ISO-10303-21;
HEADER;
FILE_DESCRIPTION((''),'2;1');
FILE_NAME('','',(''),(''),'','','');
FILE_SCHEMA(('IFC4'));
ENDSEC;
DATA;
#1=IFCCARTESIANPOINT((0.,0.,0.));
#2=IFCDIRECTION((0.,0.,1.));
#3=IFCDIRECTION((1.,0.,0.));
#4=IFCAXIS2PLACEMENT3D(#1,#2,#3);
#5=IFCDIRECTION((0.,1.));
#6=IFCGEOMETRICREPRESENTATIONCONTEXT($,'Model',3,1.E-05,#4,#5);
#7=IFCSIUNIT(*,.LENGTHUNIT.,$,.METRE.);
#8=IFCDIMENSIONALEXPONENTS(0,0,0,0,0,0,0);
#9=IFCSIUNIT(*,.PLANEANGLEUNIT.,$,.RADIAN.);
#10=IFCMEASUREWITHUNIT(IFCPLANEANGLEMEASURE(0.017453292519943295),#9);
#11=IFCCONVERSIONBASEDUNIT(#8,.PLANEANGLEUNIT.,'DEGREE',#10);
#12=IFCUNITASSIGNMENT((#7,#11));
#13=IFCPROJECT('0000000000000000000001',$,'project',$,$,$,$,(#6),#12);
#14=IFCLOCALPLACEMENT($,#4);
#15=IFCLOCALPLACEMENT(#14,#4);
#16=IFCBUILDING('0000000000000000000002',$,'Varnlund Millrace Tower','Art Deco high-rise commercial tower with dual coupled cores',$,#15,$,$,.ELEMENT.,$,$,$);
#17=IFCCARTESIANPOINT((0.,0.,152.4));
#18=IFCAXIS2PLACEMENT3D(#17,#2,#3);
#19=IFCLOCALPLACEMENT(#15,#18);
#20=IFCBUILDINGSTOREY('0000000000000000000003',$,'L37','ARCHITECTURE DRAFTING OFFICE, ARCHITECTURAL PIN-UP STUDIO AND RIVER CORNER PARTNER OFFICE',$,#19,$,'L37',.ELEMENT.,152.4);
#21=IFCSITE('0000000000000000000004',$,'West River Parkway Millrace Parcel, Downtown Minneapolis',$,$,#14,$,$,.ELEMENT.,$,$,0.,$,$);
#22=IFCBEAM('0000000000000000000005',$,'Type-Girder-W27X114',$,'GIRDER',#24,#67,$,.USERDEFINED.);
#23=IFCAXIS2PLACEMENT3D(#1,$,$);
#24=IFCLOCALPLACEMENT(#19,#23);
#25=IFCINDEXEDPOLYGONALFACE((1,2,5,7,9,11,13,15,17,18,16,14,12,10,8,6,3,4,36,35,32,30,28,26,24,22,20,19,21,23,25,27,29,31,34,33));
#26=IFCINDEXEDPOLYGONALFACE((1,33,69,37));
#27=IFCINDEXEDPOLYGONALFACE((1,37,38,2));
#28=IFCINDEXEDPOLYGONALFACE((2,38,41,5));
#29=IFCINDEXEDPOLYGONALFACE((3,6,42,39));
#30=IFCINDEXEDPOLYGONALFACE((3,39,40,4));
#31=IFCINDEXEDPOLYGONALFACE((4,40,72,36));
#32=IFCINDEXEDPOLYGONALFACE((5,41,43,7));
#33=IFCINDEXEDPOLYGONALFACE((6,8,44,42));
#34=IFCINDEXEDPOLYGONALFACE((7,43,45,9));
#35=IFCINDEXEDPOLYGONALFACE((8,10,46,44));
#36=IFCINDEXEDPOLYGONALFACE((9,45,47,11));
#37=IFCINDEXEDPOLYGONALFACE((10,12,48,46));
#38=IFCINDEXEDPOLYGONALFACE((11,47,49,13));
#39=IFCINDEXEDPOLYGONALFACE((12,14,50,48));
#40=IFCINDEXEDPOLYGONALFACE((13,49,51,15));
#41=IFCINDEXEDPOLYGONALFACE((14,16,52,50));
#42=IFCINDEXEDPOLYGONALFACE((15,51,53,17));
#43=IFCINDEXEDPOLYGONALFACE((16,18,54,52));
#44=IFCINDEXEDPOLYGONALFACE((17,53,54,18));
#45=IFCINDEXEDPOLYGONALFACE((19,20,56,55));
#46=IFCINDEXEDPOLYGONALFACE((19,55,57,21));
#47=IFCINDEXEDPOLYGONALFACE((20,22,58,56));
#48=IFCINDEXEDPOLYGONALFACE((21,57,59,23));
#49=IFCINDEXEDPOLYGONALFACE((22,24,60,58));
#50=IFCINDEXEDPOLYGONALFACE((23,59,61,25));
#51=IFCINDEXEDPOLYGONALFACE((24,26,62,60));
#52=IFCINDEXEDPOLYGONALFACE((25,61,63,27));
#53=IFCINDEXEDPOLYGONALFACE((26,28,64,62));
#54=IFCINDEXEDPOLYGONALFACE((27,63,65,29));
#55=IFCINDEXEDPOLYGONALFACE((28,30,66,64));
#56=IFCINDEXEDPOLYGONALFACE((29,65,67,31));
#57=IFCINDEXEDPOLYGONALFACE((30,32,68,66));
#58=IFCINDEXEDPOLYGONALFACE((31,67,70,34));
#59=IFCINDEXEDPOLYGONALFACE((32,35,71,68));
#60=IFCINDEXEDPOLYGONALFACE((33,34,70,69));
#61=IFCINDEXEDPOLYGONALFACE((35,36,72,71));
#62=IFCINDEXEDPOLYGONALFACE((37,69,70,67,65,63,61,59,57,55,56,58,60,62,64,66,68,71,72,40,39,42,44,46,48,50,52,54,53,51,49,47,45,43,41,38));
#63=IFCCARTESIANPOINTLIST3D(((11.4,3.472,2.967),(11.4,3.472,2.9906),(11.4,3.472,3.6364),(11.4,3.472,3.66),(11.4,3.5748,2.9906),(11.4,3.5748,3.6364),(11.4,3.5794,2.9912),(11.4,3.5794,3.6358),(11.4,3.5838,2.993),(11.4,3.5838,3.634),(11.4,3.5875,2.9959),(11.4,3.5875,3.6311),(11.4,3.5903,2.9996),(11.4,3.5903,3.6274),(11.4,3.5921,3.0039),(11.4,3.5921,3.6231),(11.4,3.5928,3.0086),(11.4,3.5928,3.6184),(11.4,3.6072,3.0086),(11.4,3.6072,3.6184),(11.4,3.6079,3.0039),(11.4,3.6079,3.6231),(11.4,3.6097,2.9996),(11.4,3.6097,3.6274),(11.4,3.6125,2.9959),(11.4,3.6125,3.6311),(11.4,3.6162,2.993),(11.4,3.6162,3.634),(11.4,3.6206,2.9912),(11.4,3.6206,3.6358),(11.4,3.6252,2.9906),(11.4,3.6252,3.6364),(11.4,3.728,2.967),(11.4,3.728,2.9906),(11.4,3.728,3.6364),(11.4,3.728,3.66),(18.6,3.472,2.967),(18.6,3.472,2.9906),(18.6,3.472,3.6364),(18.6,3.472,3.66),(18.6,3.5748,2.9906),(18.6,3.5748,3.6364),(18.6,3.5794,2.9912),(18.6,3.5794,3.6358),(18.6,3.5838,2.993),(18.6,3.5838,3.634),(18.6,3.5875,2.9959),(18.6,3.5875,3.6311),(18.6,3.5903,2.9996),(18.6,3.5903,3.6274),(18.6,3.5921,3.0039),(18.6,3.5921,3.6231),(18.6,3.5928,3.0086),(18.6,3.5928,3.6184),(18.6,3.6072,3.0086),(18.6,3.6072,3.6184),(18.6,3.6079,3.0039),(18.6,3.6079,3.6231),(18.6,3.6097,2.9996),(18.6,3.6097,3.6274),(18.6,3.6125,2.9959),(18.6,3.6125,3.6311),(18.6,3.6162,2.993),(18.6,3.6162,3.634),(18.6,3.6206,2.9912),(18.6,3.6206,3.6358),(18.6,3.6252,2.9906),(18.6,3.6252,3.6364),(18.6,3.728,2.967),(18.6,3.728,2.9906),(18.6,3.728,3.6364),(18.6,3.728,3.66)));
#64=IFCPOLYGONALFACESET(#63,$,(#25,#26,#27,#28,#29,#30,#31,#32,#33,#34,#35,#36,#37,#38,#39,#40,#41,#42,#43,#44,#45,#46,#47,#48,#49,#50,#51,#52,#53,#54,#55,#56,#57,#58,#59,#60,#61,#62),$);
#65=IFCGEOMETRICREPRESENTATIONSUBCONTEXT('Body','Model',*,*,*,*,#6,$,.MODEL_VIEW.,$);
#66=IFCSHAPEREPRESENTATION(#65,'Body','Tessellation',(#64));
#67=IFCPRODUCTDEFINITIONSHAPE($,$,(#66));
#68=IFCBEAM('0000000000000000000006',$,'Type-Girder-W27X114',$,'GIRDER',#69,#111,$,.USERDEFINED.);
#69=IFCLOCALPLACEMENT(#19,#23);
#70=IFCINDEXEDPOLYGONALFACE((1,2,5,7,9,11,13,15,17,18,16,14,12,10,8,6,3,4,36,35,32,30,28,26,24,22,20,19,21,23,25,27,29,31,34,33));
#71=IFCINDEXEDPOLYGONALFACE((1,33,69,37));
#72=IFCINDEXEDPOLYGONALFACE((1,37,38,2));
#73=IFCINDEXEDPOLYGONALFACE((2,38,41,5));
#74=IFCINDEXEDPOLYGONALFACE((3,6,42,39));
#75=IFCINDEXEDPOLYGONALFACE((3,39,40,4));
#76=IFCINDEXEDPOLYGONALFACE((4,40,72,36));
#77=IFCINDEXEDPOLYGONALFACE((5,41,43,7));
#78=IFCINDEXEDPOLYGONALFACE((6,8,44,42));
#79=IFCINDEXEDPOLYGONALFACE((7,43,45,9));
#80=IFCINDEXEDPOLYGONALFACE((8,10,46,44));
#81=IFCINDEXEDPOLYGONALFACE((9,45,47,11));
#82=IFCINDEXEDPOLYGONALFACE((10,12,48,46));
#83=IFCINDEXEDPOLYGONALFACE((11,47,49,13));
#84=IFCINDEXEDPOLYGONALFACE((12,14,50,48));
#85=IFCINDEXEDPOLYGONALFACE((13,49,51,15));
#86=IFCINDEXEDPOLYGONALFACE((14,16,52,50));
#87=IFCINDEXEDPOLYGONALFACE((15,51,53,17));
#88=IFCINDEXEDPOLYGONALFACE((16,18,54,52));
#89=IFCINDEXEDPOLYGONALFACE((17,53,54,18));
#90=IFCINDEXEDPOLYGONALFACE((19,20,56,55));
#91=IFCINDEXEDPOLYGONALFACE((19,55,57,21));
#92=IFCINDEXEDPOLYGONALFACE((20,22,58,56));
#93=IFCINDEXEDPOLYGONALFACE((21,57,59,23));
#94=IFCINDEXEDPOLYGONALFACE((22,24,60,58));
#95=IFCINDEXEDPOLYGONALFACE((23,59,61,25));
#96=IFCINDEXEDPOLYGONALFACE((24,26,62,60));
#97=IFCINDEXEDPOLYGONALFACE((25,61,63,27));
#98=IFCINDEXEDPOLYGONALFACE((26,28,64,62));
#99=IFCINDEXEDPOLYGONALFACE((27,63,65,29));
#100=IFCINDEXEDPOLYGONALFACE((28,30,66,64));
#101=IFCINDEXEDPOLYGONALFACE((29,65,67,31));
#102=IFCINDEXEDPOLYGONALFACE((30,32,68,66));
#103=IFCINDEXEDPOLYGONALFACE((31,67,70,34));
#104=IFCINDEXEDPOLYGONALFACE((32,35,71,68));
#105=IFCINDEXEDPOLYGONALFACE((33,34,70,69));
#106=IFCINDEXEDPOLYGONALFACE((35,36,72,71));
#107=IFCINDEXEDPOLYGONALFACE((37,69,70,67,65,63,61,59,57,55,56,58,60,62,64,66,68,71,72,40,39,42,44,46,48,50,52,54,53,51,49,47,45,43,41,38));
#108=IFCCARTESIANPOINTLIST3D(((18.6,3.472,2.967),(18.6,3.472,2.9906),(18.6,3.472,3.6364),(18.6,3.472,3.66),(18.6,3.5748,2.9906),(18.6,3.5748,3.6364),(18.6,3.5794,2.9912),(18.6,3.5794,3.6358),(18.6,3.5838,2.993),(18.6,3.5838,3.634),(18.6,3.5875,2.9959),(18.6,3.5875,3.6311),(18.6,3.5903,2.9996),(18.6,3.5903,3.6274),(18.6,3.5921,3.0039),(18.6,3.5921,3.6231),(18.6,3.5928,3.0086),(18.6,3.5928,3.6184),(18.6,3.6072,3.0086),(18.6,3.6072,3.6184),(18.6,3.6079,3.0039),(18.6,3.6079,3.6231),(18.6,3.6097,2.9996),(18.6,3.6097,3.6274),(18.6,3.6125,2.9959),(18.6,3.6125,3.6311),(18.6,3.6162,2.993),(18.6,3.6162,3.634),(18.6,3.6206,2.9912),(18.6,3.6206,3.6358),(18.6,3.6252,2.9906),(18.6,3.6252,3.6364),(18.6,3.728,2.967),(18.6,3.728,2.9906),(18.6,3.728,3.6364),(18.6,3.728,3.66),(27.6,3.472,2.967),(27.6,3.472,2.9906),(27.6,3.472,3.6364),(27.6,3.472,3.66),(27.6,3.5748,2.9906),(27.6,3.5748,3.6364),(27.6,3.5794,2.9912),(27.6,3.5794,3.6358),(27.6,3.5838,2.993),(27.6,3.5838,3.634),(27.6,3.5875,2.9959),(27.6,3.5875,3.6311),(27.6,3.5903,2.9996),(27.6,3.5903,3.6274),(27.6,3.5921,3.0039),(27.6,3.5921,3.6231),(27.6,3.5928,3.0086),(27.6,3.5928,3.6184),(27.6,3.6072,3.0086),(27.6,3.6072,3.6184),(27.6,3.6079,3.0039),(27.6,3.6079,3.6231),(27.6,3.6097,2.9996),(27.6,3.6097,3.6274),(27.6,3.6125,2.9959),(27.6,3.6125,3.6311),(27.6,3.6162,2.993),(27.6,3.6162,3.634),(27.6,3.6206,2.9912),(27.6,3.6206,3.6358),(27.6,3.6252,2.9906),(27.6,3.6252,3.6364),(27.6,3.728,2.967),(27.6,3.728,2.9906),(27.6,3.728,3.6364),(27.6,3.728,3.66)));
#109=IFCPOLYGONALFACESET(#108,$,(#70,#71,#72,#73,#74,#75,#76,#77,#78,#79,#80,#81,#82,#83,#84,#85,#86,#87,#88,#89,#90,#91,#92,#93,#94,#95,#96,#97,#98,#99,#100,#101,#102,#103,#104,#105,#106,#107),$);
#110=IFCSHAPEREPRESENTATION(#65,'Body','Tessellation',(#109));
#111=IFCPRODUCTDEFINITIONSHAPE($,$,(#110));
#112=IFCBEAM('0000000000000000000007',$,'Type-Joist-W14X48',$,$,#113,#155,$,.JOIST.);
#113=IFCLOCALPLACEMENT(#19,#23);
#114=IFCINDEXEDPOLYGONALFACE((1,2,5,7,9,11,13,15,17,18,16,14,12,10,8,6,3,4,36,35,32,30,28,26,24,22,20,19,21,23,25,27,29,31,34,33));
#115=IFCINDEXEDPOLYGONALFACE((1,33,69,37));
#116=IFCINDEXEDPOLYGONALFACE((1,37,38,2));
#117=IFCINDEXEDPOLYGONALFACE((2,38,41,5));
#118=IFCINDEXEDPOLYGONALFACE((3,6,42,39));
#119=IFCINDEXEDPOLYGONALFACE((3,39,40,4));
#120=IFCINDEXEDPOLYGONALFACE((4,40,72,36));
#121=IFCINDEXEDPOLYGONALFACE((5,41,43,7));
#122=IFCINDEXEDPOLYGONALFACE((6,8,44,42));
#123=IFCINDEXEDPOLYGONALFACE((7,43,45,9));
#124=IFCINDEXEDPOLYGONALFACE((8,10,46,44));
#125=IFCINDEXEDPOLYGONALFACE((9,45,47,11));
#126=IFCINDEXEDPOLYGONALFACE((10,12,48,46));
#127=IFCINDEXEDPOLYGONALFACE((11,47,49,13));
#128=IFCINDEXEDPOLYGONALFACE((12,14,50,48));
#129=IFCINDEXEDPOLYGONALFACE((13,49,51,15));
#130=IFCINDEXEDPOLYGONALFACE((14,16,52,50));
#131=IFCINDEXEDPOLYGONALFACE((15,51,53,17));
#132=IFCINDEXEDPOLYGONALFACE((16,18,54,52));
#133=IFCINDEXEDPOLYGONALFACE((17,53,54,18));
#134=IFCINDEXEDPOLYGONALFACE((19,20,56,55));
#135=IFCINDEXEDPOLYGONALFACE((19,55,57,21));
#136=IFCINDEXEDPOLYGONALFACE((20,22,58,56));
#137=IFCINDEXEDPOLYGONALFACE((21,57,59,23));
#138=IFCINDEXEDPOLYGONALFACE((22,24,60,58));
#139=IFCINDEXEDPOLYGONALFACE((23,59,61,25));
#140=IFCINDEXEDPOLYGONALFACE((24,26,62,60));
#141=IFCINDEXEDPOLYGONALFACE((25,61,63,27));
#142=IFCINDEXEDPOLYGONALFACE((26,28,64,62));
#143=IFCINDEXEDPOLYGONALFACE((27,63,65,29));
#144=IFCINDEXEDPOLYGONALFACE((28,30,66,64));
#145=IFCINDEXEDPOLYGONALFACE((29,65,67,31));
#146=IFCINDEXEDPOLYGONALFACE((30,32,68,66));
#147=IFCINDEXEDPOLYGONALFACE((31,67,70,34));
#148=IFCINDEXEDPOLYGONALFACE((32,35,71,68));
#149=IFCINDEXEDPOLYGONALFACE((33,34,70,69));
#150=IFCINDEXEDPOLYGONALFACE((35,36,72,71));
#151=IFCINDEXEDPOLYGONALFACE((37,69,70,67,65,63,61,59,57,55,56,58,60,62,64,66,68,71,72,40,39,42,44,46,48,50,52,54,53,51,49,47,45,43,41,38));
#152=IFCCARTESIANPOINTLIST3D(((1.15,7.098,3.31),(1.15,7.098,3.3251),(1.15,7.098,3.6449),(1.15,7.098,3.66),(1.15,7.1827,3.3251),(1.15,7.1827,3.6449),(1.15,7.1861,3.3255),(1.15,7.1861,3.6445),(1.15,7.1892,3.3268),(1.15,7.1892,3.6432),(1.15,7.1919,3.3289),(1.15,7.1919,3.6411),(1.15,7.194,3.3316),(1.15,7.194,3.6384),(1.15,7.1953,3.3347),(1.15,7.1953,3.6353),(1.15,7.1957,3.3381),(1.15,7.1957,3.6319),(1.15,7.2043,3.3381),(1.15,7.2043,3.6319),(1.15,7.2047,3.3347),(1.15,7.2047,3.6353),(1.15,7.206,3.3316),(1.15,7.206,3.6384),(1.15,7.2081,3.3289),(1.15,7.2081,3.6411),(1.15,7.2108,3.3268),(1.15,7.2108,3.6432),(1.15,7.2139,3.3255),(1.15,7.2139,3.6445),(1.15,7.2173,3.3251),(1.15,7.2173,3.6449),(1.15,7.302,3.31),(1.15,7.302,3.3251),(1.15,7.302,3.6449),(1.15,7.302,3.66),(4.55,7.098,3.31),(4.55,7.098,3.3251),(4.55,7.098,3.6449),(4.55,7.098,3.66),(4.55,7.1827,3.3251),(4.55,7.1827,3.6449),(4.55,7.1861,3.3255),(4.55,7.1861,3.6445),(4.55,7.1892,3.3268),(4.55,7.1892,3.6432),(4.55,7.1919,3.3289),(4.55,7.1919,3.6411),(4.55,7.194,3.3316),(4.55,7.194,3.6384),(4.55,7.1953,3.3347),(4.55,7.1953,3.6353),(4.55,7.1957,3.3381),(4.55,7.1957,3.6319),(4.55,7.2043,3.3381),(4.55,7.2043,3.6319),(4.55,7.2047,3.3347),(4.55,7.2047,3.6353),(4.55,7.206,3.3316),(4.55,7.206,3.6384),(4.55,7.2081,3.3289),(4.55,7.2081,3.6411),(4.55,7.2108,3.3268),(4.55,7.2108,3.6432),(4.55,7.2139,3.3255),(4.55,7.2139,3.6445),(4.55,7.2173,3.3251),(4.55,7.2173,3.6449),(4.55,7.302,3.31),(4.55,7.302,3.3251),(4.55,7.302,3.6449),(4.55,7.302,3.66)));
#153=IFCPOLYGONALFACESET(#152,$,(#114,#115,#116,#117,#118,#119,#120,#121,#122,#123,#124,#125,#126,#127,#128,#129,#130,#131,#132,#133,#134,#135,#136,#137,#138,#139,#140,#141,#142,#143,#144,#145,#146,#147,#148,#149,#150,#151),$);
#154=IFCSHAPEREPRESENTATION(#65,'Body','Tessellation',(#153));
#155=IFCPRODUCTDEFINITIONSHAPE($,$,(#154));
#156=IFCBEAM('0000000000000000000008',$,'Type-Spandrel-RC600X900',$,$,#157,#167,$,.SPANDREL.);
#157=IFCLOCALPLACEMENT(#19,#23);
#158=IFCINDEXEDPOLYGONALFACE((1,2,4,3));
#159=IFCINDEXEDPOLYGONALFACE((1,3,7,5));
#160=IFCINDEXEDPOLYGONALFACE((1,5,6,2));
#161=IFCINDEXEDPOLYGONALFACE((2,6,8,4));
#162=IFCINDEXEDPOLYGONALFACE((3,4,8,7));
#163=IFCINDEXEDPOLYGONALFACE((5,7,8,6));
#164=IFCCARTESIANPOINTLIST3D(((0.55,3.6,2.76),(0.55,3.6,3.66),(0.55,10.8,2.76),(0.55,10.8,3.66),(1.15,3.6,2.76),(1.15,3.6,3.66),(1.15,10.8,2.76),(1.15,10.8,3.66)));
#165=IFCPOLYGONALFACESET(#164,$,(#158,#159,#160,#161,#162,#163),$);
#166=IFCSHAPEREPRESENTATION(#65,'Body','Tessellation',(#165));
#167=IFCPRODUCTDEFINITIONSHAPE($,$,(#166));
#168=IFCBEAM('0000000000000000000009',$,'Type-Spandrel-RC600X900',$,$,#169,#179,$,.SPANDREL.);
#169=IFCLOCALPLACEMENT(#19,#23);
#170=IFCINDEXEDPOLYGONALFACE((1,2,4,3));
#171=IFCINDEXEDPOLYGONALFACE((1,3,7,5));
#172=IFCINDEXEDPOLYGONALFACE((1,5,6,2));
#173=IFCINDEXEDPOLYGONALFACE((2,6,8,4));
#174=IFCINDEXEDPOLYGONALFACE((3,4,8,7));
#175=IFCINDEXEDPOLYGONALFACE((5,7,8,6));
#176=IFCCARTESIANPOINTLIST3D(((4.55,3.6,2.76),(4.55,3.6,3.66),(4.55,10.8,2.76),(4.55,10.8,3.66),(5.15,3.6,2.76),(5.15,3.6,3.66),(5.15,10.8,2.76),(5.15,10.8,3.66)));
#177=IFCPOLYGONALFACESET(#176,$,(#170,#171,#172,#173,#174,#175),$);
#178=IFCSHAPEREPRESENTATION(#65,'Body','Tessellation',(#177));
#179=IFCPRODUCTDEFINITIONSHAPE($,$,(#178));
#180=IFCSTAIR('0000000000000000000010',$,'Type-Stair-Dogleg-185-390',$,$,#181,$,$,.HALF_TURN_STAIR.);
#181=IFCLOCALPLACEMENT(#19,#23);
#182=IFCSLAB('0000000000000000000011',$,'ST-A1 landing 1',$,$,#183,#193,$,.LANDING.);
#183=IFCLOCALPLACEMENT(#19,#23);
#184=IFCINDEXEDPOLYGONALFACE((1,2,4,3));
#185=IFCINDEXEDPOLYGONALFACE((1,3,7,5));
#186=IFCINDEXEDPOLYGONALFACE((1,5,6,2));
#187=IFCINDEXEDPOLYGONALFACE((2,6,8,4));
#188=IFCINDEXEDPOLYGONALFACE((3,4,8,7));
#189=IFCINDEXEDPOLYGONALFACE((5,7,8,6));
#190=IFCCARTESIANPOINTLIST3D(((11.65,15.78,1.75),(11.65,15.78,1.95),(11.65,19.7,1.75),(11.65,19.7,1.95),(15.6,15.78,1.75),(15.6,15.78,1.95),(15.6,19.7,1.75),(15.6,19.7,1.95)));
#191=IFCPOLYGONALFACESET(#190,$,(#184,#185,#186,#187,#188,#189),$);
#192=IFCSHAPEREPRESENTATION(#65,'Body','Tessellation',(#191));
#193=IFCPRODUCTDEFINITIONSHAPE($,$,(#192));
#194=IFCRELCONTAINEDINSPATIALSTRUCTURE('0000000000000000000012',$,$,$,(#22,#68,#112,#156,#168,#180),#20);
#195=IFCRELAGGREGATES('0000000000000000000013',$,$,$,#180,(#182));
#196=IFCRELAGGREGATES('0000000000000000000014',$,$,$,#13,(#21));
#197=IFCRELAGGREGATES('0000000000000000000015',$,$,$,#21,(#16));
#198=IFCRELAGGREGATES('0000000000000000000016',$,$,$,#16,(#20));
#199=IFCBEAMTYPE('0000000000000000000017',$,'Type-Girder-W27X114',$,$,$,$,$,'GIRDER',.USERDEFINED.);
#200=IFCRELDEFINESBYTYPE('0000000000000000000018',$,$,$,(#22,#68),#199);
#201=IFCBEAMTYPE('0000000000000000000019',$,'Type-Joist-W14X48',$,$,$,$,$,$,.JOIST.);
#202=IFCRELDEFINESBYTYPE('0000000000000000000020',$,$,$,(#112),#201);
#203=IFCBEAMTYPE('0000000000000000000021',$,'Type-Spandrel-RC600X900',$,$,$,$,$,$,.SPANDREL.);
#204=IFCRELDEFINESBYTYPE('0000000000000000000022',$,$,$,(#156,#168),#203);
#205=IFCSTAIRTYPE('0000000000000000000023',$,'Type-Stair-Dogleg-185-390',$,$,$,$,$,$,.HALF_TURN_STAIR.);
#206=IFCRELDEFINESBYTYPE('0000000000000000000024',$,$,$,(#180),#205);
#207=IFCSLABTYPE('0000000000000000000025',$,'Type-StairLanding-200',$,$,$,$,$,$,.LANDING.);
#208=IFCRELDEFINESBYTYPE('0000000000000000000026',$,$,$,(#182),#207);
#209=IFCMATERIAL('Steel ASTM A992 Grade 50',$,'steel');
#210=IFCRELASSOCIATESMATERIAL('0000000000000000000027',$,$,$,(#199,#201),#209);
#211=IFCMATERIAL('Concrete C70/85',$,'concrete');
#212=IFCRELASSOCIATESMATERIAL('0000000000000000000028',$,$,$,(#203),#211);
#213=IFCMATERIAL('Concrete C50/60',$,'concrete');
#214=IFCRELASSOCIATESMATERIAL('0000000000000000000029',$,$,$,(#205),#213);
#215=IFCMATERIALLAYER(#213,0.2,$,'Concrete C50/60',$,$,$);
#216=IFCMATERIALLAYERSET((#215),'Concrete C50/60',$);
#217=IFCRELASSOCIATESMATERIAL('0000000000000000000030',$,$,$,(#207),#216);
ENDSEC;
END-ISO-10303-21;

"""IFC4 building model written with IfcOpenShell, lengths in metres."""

from ifc_helpers import new_model, entity, si_unit, converted_unit, direction, frame, origin_with_axes, origin_2d_with_axis, place, context, subcontext, project, spatial, polyline, rectangle, i_section, outline, extrude, material, layer, layer_set, material_profile, profile_set, type_object, element, aggregate, save


model = new_model("IFC4")

# Units and contexts
model_context = context("Model", 3, precision=1e-05, world=origin_with_axes(), true_north=direction((0.0, 1.0)))
body_context = subcontext(model_context, "Body", "Model", "MODEL_VIEW")
ifc_project = project(units=[si_unit("LENGTHUNIT", "METRE"), converted_unit("PLANEANGLEUNIT", "DEGREE", entity("IfcPlaneAngleMeasure", 0.017453292519943295), si_unit("PLANEANGLEUNIT", "RADIAN"), dimensions=[0, 0, 0, 0, 0, 0, 0])], contexts=[model_context])

# Site, building, storey
site_placement = place(None, origin_with_axes())
site = spatial("IfcSite", under=ifc_project, at=site_placement, Name="West River Parkway Millrace Parcel, Downtown Minneapolis", CompositionType="ELEMENT", RefElevation=0.0)
building_placement = place(site_placement, origin_with_axes())
building = spatial("IfcBuilding", under=site, at=building_placement, Name="Varnlund Millrace Tower", Description="Art Deco high-rise commercial tower with dual coupled cores", CompositionType="ELEMENT")
storey_placement = place(building_placement, frame((0.0, 0.0, 152.4), z_axis=(0.0, 0.0, 1.0), x_axis=(1.0, 0.0, 0.0)))
storey = spatial("IfcBuildingStorey", under=building, at=storey_placement, Name="L37", Description="ARCHITECTURE DRAFTING OFFICE, ARCHITECTURAL PIN-UP STUDIO AND RIVER CORNER PARTNER OFFICE", LongName="L37", CompositionType="ELEMENT", Elevation=152.4)

# Beams
ifc_material_1 = material(Name="Steel ASTM A992 Grade 50", Category="steel")
ifc_material_profile_1 = material_profile(ifc_material_1, i_section(OverallWidth=0.256, OverallDepth=0.693, WebThickness=0.0145, FlangeThickness=0.0236, FilletRadius=0.018, at=origin_2d_with_axis()), Name="Steel ASTM A992 Grade 50")
ifc_profile_set_1 = profile_set([ifc_material_profile_1], Name="Steel ASTM A992 Grade 50")
beam_type_1 = type_object("IfcBeamType", Name="Type-Girder-W27X114", ElementType="GIRDER", PredefinedType="USERDEFINED", material=ifc_profile_set_1)
beam_1_placement = place(storey_placement, frame((11.4, 3.6, 3.3135), z_axis=(1.0, 0.0, 0.0), x_axis=(0.0, 1.0, 0.0)))
element("IfcBeam", 1, at=beam_1_placement, inside=storey, type_object=beam_type_1, Name="Type-Girder-W27X114", ObjectType="GIRDER", PredefinedType="USERDEFINED", context=body_context, shape_type="SweptSolid", body=[
    extrude(i_section(OverallWidth=0.256, OverallDepth=0.693, WebThickness=0.0145, FlangeThickness=0.0236, FilletRadius=0.018, at=origin_2d_with_axis()), origin_with_axes(), (0.0, 0.0, 1.0), 7.2),
])
beam_2_placement = place(storey_placement, frame((18.6, 3.6, 3.3135), z_axis=(1.0, 0.0, 0.0), x_axis=(0.0, 1.0, 0.0)))
element("IfcBeam", 2, at=beam_2_placement, inside=storey, type_object=beam_type_1, Name="Type-Girder-W27X114", ObjectType="GIRDER", PredefinedType="USERDEFINED", context=body_context, shape_type="SweptSolid", body=[
    extrude(i_section(OverallWidth=0.256, OverallDepth=0.693, WebThickness=0.0145, FlangeThickness=0.0236, FilletRadius=0.018, at=origin_2d_with_axis()), origin_with_axes(), (0.0, 0.0, 1.0), 9.0),
])
ifc_material_profile_2 = material_profile(ifc_material_1, i_section(OverallWidth=0.204, OverallDepth=0.35, WebThickness=0.0086, FlangeThickness=0.0151, FilletRadius=0.013, at=origin_2d_with_axis()), Name="Steel ASTM A992 Grade 50")
ifc_profile_set_2 = profile_set([ifc_material_profile_2], Name="Steel ASTM A992 Grade 50")
beam_type_2 = type_object("IfcBeamType", Name="Type-Joist-W14X48", PredefinedType="JOIST", material=ifc_profile_set_2)
beam_3_placement = place(storey_placement, frame((1.15, 7.2, 3.485), z_axis=(1.0, 0.0, 0.0), x_axis=(0.0, 1.0, 0.0)))
element("IfcBeam", 3, at=beam_3_placement, inside=storey, type_object=beam_type_2, Name="Type-Joist-W14X48", PredefinedType="JOIST", context=body_context, shape_type="SweptSolid", body=[
    extrude(i_section(OverallWidth=0.204, OverallDepth=0.35, WebThickness=0.0086, FlangeThickness=0.0151, FilletRadius=0.013, at=origin_2d_with_axis()), origin_with_axes(), (0.0, 0.0, 1.0), 3.4),
])
ifc_material_2 = material(Name="Concrete C70/85", Category="concrete")
ifc_material_profile_3 = material_profile(ifc_material_2, rectangle(XDim=0.6, YDim=0.9, at=origin_2d_with_axis()), Name="Concrete C70/85")
ifc_profile_set_3 = profile_set([ifc_material_profile_3], Name="Concrete C70/85")
beam_type_3 = type_object("IfcBeamType", Name="Type-Spandrel-RC600X900", PredefinedType="SPANDREL", material=ifc_profile_set_3)
for number, where, z_axis, x_axis, name in (
    (4, (0.85, 3.6, 3.21), (0.0, 1.0, 0.0), (-1.0, 0.0, 0.0), "Type-Spandrel-RC600X900"),
    (5, (4.85, 3.6, 3.21), (0.0, 1.0, 0.0), (-1.0, 0.0, 0.0), "Type-Spandrel-RC600X900"),
):
    element("IfcBeam", number, at=place(storey_placement, frame(where, z_axis=z_axis, x_axis=x_axis)), inside=storey, type_object=beam_type_3, Name=name, PredefinedType="SPANDREL", context=body_context, shape_type="SweptSolid", body=[
        extrude(rectangle(XDim=0.6, YDim=0.9, at=origin_2d_with_axis()), origin_with_axes(), (0.0, 0.0, 1.0), 7.2),
    ])

# Stair, slab
ifc_material_3 = material(Name="Concrete C50/60", Category="concrete")
stair_type_1 = type_object("IfcStairType", Name="Type-Stair-Dogleg-185-390", PredefinedType="HALF_TURN_STAIR", material=ifc_material_3)
stair_1_placement = place(storey_placement, origin_with_axes())
stair_1 = element("IfcStair", 6, at=stair_1_placement, inside=storey, type_object=stair_type_1, Name="Type-Stair-Dogleg-185-390", PredefinedType="HALF_TURN_STAIR")
ifc_layer_1 = layer(ifc_material_3, 0.2, Name="Concrete C50/60")
ifc_layer_set_1 = layer_set([ifc_layer_1], Name="Concrete C50/60")
slab_type = type_object("IfcSlabType", Name="Type-StairLanding-200", PredefinedType="LANDING", material=ifc_layer_set_1)
slab_1_placement = place(storey_placement, frame((0.0, 0.0, 1.75), z_axis=(0.0, 0.0, 1.0), x_axis=(1.0, 0.0, 0.0)))
slab_1 = element("IfcSlab", 7, at=slab_1_placement, type_object=slab_type, Name="ST-A1 landing 1", PredefinedType="LANDING", context=body_context, shape_type="SweptSolid", body=[
    extrude(outline(polyline([(15.6, 15.78), (15.6, 19.7), (11.65, 19.7), (11.65, 15.78), (15.6, 15.78)])), origin_with_axes(), (0.0, 0.0, 1.0), 0.2),
])
aggregate(stair_1, [slab_1])

save(model, "model.ifc")
